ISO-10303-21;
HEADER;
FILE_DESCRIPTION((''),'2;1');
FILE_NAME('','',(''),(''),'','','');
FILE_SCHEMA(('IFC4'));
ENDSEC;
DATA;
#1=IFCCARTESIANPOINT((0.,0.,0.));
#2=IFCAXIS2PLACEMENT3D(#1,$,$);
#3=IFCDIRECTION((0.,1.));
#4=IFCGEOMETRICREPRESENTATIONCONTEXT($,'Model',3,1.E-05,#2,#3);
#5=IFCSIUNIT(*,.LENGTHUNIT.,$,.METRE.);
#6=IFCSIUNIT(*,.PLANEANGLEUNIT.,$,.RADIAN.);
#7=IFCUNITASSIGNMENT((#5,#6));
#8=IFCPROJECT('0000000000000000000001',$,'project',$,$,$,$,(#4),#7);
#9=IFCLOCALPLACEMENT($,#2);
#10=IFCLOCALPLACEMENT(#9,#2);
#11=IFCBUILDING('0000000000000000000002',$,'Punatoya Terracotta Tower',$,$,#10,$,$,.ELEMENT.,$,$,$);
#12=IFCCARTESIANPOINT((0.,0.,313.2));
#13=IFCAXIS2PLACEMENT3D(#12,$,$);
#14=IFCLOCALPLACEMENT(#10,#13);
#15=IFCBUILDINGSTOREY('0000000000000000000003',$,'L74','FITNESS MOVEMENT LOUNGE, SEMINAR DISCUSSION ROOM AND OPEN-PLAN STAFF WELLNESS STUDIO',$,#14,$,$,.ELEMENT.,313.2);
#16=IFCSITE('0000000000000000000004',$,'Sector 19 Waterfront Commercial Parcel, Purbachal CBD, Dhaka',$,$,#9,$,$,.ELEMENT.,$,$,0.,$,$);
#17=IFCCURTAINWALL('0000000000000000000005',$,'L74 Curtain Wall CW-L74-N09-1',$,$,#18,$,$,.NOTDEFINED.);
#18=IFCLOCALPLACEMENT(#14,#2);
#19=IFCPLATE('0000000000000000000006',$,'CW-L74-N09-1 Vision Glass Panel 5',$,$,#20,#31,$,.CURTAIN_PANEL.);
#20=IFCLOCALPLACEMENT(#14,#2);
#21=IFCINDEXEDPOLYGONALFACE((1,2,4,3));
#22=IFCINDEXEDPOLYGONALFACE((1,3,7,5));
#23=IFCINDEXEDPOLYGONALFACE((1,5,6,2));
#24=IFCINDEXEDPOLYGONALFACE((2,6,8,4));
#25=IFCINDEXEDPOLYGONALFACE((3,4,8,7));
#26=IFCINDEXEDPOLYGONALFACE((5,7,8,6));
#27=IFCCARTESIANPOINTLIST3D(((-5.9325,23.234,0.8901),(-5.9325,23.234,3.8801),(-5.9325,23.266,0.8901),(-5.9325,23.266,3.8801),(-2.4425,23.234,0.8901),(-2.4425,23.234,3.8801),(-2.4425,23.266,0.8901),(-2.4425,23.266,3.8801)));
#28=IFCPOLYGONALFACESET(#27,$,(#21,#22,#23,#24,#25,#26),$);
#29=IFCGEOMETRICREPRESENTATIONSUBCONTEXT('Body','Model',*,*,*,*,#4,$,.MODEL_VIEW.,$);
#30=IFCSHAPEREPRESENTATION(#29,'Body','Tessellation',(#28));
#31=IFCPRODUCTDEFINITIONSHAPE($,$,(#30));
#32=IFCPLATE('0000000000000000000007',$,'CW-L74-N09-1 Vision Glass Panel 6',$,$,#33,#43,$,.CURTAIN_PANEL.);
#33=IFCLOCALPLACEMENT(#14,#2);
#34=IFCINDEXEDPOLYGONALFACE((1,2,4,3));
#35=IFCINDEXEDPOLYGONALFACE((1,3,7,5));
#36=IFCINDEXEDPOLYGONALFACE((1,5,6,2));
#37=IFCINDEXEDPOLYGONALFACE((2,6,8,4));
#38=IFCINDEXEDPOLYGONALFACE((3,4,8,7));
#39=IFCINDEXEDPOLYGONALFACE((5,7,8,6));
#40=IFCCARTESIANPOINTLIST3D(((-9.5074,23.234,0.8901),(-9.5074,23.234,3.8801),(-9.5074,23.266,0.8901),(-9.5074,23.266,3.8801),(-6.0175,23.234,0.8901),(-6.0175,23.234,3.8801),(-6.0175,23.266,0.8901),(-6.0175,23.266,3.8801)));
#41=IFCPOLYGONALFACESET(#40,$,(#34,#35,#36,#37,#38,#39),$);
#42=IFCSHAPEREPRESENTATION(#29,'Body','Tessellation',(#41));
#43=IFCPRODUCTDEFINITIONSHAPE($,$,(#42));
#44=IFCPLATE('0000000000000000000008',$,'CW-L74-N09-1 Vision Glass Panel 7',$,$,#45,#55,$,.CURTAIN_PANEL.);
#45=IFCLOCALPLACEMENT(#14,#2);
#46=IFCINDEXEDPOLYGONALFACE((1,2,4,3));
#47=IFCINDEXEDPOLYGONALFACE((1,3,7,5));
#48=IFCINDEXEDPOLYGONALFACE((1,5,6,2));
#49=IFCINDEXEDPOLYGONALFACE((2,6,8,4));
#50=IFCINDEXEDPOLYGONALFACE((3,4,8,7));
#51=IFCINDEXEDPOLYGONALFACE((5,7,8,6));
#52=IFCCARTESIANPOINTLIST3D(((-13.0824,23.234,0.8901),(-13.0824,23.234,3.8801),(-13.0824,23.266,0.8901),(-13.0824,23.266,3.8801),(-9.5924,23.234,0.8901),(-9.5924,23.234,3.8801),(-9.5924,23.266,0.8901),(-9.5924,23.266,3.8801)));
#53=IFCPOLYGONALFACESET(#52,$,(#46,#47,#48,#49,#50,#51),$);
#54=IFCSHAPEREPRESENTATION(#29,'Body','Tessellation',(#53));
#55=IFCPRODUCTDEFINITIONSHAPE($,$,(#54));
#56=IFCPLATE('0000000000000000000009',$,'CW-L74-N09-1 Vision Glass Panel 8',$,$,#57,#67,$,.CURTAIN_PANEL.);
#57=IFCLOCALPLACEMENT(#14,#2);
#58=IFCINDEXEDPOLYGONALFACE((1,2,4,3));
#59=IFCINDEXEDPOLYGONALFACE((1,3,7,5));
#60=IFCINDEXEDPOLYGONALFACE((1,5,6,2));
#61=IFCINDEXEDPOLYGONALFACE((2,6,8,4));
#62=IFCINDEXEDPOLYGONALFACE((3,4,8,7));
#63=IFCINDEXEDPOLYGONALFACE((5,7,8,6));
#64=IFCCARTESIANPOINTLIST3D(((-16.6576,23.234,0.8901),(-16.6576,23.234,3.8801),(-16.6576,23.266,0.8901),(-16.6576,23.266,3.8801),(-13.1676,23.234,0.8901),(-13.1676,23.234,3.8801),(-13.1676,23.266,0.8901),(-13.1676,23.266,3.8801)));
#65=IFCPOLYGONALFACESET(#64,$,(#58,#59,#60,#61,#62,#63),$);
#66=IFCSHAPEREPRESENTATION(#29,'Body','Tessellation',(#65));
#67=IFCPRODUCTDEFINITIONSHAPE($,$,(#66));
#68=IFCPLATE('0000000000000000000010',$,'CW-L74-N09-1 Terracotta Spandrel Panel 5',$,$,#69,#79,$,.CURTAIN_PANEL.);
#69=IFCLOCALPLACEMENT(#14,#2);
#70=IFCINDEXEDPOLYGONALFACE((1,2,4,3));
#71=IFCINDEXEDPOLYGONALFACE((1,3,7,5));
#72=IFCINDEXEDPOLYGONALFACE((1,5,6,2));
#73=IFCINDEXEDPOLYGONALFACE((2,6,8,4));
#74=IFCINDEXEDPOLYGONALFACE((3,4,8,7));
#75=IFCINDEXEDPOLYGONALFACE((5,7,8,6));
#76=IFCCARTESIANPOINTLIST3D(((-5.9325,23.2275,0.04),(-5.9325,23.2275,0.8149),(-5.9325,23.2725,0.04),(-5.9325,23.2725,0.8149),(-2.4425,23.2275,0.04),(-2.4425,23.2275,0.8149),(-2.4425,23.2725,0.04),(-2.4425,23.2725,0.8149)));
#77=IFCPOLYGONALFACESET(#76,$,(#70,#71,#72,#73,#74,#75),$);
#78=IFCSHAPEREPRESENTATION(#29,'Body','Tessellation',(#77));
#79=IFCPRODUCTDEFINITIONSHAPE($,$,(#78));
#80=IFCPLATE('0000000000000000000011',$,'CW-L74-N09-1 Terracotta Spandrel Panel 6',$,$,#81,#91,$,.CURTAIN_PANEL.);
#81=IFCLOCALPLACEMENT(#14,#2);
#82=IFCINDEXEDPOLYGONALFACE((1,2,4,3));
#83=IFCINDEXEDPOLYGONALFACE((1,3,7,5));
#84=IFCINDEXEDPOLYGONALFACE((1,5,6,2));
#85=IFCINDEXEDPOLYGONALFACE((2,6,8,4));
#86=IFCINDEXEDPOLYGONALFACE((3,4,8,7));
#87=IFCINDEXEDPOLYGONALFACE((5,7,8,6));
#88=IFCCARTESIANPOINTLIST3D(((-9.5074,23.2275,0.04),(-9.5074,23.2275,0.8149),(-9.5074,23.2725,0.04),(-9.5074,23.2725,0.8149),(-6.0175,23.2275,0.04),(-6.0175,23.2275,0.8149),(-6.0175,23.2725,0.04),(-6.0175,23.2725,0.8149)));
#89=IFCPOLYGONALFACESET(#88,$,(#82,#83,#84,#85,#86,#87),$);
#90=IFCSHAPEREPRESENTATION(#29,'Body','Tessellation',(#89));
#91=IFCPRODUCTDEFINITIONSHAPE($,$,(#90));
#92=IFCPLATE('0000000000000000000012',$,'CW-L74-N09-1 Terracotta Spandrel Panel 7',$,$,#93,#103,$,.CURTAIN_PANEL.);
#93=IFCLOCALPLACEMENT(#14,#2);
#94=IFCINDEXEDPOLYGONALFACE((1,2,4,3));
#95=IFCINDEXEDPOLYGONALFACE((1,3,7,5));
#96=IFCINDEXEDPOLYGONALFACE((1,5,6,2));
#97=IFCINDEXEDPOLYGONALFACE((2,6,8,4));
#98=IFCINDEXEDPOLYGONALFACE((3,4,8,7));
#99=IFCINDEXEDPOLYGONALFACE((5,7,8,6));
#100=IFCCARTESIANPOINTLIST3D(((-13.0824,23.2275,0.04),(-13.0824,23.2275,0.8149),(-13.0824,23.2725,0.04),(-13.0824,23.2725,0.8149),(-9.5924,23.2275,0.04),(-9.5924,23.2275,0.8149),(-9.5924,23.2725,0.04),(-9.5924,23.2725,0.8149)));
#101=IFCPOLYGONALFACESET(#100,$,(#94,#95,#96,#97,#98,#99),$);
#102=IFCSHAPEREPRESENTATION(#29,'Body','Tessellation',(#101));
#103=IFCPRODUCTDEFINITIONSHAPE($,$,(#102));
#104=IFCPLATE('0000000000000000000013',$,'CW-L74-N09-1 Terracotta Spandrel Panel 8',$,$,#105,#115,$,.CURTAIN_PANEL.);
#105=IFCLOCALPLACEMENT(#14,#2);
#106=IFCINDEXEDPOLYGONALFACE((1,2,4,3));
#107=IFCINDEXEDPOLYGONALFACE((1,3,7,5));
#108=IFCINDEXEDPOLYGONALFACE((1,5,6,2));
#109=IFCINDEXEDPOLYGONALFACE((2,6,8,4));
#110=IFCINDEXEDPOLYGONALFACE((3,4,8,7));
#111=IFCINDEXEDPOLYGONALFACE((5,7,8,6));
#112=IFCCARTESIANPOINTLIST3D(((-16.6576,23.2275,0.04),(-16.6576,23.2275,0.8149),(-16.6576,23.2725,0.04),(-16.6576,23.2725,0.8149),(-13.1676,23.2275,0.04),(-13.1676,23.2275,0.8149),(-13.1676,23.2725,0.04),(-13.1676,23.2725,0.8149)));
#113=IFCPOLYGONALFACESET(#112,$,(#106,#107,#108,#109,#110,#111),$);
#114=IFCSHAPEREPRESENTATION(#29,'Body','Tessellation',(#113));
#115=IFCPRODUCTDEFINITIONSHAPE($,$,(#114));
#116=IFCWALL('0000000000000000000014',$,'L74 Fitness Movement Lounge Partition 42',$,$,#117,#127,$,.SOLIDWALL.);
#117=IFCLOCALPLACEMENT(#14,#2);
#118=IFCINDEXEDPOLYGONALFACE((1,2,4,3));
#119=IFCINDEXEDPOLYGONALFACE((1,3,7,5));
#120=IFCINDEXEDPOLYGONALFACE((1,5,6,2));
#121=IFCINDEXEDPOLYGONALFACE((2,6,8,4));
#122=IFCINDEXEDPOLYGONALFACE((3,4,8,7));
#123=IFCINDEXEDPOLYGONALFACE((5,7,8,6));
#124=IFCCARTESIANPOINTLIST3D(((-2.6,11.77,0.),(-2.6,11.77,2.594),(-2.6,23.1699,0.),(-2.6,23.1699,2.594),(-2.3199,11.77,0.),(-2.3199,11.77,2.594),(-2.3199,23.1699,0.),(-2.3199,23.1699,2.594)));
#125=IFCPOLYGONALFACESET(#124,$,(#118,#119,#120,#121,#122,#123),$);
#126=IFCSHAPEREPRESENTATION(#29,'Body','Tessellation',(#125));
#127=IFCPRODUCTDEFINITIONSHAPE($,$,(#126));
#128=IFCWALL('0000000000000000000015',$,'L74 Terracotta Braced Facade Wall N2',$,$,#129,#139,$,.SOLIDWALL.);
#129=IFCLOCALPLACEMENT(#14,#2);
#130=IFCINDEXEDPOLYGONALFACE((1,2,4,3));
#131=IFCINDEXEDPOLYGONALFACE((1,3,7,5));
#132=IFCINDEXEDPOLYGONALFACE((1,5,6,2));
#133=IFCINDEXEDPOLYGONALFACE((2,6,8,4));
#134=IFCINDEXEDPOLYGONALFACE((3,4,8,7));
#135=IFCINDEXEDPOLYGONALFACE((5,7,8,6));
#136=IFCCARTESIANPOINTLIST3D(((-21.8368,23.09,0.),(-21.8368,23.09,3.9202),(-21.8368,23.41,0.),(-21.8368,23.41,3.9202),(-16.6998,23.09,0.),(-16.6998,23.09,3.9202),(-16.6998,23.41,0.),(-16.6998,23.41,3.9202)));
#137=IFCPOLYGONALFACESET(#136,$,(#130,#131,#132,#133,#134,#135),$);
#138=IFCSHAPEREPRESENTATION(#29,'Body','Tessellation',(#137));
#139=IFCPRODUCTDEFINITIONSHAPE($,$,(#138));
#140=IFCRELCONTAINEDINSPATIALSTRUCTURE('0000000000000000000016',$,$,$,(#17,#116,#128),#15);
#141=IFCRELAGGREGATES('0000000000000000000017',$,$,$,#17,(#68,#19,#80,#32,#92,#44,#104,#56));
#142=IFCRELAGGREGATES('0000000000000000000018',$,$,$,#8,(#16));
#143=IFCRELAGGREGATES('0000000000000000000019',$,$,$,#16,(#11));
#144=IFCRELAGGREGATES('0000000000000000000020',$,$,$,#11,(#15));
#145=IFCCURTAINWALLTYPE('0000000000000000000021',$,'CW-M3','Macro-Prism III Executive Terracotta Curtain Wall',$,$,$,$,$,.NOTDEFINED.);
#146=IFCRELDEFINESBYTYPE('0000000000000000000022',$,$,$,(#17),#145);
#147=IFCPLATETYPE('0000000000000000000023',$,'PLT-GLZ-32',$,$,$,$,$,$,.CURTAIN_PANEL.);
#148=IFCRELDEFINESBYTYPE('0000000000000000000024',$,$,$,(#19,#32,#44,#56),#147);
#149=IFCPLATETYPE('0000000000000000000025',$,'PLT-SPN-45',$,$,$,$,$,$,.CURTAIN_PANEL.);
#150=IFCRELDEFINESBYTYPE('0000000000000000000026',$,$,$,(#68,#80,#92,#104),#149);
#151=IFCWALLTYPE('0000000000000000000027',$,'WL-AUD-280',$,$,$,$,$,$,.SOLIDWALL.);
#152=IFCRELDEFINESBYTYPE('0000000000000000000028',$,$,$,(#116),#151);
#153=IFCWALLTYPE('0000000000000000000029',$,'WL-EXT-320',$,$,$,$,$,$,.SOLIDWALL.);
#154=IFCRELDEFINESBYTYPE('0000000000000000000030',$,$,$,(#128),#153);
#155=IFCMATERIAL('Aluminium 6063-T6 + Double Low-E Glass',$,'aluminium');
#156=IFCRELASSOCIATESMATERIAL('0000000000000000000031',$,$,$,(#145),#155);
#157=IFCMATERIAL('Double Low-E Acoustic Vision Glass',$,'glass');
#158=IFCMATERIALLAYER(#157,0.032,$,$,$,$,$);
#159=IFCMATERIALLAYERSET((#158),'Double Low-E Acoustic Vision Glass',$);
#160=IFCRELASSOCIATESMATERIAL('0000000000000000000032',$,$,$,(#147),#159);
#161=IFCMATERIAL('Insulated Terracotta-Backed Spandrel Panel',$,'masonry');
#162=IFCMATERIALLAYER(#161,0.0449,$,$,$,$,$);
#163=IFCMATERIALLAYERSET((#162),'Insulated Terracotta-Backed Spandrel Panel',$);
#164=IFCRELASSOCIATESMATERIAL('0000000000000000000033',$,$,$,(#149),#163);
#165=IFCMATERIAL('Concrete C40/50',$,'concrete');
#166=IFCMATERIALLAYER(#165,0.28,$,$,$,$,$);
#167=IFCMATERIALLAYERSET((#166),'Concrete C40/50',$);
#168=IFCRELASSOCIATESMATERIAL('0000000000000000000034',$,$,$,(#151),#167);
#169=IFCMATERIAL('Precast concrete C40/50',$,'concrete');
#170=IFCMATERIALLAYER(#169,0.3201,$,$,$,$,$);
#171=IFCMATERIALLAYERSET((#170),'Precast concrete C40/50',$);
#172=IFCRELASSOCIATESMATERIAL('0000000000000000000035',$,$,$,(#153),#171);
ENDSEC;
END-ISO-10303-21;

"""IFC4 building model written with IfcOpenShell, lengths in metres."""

from ifc_helpers import new_model, si_unit, direction, frame, frame_2d, origin, origin_2d, place, context, subcontext, project, spatial, rectangle, extrude, material, layer, layer_set, type_object, element, aggregate, save


model = new_model("IFC4")

# Units and contexts
model_context = context("Model", 3, precision=1e-05, world=origin(), true_north=direction((0.0, 1.0)))
body_context = subcontext(model_context, "Body", "Model", "MODEL_VIEW")
ifc_project = project(units=[si_unit("LENGTHUNIT", "METRE"), si_unit("PLANEANGLEUNIT", "RADIAN")], contexts=[model_context])

# Site, building, storey
site_placement = place(None, origin())
site = spatial("IfcSite", under=ifc_project, at=site_placement, Name="Sector 19 Waterfront Commercial Parcel, Purbachal CBD, Dhaka", CompositionType="ELEMENT", RefElevation=0.0)
building_placement = place(site_placement, origin())
building = spatial("IfcBuilding", under=site, at=building_placement, Name="Punatoya Terracotta Tower", CompositionType="ELEMENT")
storey_placement = place(building_placement, frame((0.0, 0.0, 313.2)))
storey = spatial("IfcBuildingStorey", under=building, at=storey_placement, Name="L74", Description="FITNESS MOVEMENT LOUNGE, SEMINAR DISCUSSION ROOM AND OPEN-PLAN STAFF WELLNESS STUDIO", CompositionType="ELEMENT", Elevation=313.2)

# Curtain wall, plates
ifc_material_1 = material(Name="Aluminium 6063-T6 + Double Low-E Glass", Category="aluminium")
curtain_wall_type = type_object("IfcCurtainWallType", Name="CW-M3", Description="Macro-Prism III Executive Terracotta Curtain Wall", PredefinedType="NOTDEFINED", material=ifc_material_1)
curtain_wall_placement = place(storey_placement, origin())
curtain_wall = element("IfcCurtainWall", 1, at=curtain_wall_placement, inside=storey, type_object=curtain_wall_type, Name="L74 Curtain Wall CW-L74-N09-1", PredefinedType="NOTDEFINED")
ifc_material_2 = material(Name="Double Low-E Acoustic Vision Glass", Category="glass")
ifc_layer_1 = layer(ifc_material_2, 0.032)
ifc_layer_set_1 = layer_set([ifc_layer_1], Name="Double Low-E Acoustic Vision Glass")
plate_type_1 = type_object("IfcPlateType", Name="PLT-GLZ-32", PredefinedType="CURTAIN_PANEL", material=ifc_layer_set_1)
plate_1_placement = place(storey_placement, frame((-4.1875, 23.25, 0.8901), z_axis=(0.0, 0.0, 1.0), x_axis=(-1.0, 0.0, 0.0)))
plate_1 = element("IfcPlate", 2, at=plate_1_placement, type_object=plate_type_1, Name="CW-L74-N09-1 Vision Glass Panel 5", PredefinedType="CURTAIN_PANEL", context=body_context, shape_type="SweptSolid", body=[
    extrude(rectangle(XDim=3.49, YDim=0.032, at=origin_2d()), origin(), (0.0, 0.0, 1.0), 2.99),
])
plate_2_placement = place(storey_placement, frame((-7.7625, 23.25, 0.8901), z_axis=(0.0, 0.0, 1.0), x_axis=(-1.0, 0.0, 0.0)))
plate_2 = element("IfcPlate", 3, at=plate_2_placement, type_object=plate_type_1, Name="CW-L74-N09-1 Vision Glass Panel 6", PredefinedType="CURTAIN_PANEL", context=body_context, shape_type="SweptSolid", body=[
    extrude(rectangle(XDim=3.49, YDim=0.032, at=origin_2d()), origin(), (0.0, 0.0, 1.0), 2.99),
])
plate_3_placement = place(storey_placement, frame((-11.3374, 23.25, 0.8901), z_axis=(0.0, 0.0, 1.0), x_axis=(-1.0, 0.0, 0.0)))
plate_3 = element("IfcPlate", 4, at=plate_3_placement, type_object=plate_type_1, Name="CW-L74-N09-1 Vision Glass Panel 7", PredefinedType="CURTAIN_PANEL", context=body_context, shape_type="SweptSolid", body=[
    extrude(rectangle(XDim=3.49, YDim=0.032, at=origin_2d()), origin(), (0.0, 0.0, 1.0), 2.99),
])
plate_4_placement = place(storey_placement, frame((-14.9126, 23.25, 0.8901), z_axis=(0.0, 0.0, 1.0), x_axis=(-1.0, 0.0, 0.0)))
plate_4 = element("IfcPlate", 5, at=plate_4_placement, type_object=plate_type_1, Name="CW-L74-N09-1 Vision Glass Panel 8", PredefinedType="CURTAIN_PANEL", context=body_context, shape_type="SweptSolid", body=[
    extrude(rectangle(XDim=3.49, YDim=0.032, at=origin_2d()), origin(), (0.0, 0.0, 1.0), 2.99),
])
ifc_material_3 = material(Name="Insulated Terracotta-Backed Spandrel Panel", Category="masonry")
ifc_layer_2 = layer(ifc_material_3, 0.0449)
ifc_layer_set_2 = layer_set([ifc_layer_2], Name="Insulated Terracotta-Backed Spandrel Panel")
plate_type_2 = type_object("IfcPlateType", Name="PLT-SPN-45", PredefinedType="CURTAIN_PANEL", material=ifc_layer_set_2)
plate_5_placement = place(storey_placement, frame((-4.1875, 23.25, 0.04), z_axis=(0.0, 0.0, 1.0), x_axis=(-1.0, 0.0, 0.0)))
plate_5 = element("IfcPlate", 6, at=plate_5_placement, type_object=plate_type_2, Name="CW-L74-N09-1 Terracotta Spandrel Panel 5", PredefinedType="CURTAIN_PANEL", context=body_context, shape_type="SweptSolid", body=[
    extrude(rectangle(XDim=3.49, YDim=0.0449, at=origin_2d()), origin(), (0.0, 0.0, 1.0), 0.7749),
])
plate_6_placement = place(storey_placement, frame((-7.7625, 23.25, 0.04), z_axis=(0.0, 0.0, 1.0), x_axis=(-1.0, 0.0, 0.0)))
plate_6 = element("IfcPlate", 7, at=plate_6_placement, type_object=plate_type_2, Name="CW-L74-N09-1 Terracotta Spandrel Panel 6", PredefinedType="CURTAIN_PANEL", context=body_context, shape_type="SweptSolid", body=[
    extrude(rectangle(XDim=3.49, YDim=0.0449, at=origin_2d()), origin(), (0.0, 0.0, 1.0), 0.7749),
])
plate_7_placement = place(storey_placement, frame((-11.3374, 23.25, 0.04), z_axis=(0.0, 0.0, 1.0), x_axis=(-1.0, 0.0, 0.0)))
plate_7 = element("IfcPlate", 8, at=plate_7_placement, type_object=plate_type_2, Name="CW-L74-N09-1 Terracotta Spandrel Panel 7", PredefinedType="CURTAIN_PANEL", context=body_context, shape_type="SweptSolid", body=[
    extrude(rectangle(XDim=3.49, YDim=0.0449, at=origin_2d()), origin(), (0.0, 0.0, 1.0), 0.7749),
])
plate_8_placement = place(storey_placement, frame((-14.9126, 23.25, 0.04), z_axis=(0.0, 0.0, 1.0), x_axis=(-1.0, 0.0, 0.0)))
plate_8 = element("IfcPlate", 9, at=plate_8_placement, type_object=plate_type_2, Name="CW-L74-N09-1 Terracotta Spandrel Panel 8", PredefinedType="CURTAIN_PANEL", context=body_context, shape_type="SweptSolid", body=[
    extrude(rectangle(XDim=3.49, YDim=0.0449, at=origin_2d()), origin(), (0.0, 0.0, 1.0), 0.7749),
])
aggregate(curtain_wall, [plate_5, plate_1, plate_6, plate_2, plate_7, plate_3, plate_8, plate_4])

# Walls
ifc_material_4 = material(Name="Concrete C40/50", Category="concrete")
ifc_layer_3 = layer(ifc_material_4, 0.28)
ifc_layer_set_3 = layer_set([ifc_layer_3], Name="Concrete C40/50")
wall_type_1 = type_object("IfcWallType", Name="WL-AUD-280", PredefinedType="SOLIDWALL", material=ifc_layer_set_3)
wall_1_placement = place(storey_placement, frame((-2.46, 23.1699, 0.0), z_axis=(0.0, 0.0, 1.0), x_axis=(0.0, -1.0, 0.0)))
element("IfcWall", 10, at=wall_1_placement, inside=storey, type_object=wall_type_1, Name="L74 Fitness Movement Lounge Partition 42", PredefinedType="SOLIDWALL", context=body_context, shape_type="SweptSolid", body=[
    extrude(rectangle(XDim=11.3999, YDim=0.28, at=frame_2d((5.7, 0.0))), origin(), (0.0, 0.0, 1.0), 2.594),
])
ifc_material_5 = material(Name="Precast concrete C40/50", Category="concrete")
ifc_layer_4 = layer(ifc_material_5, 0.3201)
ifc_layer_set_4 = layer_set([ifc_layer_4], Name="Precast concrete C40/50")
wall_type_2 = type_object("IfcWallType", Name="WL-EXT-320", PredefinedType="SOLIDWALL", material=ifc_layer_set_4)
wall_2_placement = place(storey_placement, frame((-16.7, 23.25, 0.0), z_axis=(0.0, 0.0, 1.0), x_axis=(-1.0, 0.0, 0.0)))
element("IfcWall", 11, at=wall_2_placement, inside=storey, type_object=wall_type_2, Name="L74 Terracotta Braced Facade Wall N2", PredefinedType="SOLIDWALL", context=body_context, shape_type="SweptSolid", body=[
    extrude(rectangle(XDim=5.137, YDim=0.3201, at=frame_2d((2.5684, 0.0))), origin(), (0.0, 0.0, 1.0), 3.9202),
])

save(model, "model.ifc")
